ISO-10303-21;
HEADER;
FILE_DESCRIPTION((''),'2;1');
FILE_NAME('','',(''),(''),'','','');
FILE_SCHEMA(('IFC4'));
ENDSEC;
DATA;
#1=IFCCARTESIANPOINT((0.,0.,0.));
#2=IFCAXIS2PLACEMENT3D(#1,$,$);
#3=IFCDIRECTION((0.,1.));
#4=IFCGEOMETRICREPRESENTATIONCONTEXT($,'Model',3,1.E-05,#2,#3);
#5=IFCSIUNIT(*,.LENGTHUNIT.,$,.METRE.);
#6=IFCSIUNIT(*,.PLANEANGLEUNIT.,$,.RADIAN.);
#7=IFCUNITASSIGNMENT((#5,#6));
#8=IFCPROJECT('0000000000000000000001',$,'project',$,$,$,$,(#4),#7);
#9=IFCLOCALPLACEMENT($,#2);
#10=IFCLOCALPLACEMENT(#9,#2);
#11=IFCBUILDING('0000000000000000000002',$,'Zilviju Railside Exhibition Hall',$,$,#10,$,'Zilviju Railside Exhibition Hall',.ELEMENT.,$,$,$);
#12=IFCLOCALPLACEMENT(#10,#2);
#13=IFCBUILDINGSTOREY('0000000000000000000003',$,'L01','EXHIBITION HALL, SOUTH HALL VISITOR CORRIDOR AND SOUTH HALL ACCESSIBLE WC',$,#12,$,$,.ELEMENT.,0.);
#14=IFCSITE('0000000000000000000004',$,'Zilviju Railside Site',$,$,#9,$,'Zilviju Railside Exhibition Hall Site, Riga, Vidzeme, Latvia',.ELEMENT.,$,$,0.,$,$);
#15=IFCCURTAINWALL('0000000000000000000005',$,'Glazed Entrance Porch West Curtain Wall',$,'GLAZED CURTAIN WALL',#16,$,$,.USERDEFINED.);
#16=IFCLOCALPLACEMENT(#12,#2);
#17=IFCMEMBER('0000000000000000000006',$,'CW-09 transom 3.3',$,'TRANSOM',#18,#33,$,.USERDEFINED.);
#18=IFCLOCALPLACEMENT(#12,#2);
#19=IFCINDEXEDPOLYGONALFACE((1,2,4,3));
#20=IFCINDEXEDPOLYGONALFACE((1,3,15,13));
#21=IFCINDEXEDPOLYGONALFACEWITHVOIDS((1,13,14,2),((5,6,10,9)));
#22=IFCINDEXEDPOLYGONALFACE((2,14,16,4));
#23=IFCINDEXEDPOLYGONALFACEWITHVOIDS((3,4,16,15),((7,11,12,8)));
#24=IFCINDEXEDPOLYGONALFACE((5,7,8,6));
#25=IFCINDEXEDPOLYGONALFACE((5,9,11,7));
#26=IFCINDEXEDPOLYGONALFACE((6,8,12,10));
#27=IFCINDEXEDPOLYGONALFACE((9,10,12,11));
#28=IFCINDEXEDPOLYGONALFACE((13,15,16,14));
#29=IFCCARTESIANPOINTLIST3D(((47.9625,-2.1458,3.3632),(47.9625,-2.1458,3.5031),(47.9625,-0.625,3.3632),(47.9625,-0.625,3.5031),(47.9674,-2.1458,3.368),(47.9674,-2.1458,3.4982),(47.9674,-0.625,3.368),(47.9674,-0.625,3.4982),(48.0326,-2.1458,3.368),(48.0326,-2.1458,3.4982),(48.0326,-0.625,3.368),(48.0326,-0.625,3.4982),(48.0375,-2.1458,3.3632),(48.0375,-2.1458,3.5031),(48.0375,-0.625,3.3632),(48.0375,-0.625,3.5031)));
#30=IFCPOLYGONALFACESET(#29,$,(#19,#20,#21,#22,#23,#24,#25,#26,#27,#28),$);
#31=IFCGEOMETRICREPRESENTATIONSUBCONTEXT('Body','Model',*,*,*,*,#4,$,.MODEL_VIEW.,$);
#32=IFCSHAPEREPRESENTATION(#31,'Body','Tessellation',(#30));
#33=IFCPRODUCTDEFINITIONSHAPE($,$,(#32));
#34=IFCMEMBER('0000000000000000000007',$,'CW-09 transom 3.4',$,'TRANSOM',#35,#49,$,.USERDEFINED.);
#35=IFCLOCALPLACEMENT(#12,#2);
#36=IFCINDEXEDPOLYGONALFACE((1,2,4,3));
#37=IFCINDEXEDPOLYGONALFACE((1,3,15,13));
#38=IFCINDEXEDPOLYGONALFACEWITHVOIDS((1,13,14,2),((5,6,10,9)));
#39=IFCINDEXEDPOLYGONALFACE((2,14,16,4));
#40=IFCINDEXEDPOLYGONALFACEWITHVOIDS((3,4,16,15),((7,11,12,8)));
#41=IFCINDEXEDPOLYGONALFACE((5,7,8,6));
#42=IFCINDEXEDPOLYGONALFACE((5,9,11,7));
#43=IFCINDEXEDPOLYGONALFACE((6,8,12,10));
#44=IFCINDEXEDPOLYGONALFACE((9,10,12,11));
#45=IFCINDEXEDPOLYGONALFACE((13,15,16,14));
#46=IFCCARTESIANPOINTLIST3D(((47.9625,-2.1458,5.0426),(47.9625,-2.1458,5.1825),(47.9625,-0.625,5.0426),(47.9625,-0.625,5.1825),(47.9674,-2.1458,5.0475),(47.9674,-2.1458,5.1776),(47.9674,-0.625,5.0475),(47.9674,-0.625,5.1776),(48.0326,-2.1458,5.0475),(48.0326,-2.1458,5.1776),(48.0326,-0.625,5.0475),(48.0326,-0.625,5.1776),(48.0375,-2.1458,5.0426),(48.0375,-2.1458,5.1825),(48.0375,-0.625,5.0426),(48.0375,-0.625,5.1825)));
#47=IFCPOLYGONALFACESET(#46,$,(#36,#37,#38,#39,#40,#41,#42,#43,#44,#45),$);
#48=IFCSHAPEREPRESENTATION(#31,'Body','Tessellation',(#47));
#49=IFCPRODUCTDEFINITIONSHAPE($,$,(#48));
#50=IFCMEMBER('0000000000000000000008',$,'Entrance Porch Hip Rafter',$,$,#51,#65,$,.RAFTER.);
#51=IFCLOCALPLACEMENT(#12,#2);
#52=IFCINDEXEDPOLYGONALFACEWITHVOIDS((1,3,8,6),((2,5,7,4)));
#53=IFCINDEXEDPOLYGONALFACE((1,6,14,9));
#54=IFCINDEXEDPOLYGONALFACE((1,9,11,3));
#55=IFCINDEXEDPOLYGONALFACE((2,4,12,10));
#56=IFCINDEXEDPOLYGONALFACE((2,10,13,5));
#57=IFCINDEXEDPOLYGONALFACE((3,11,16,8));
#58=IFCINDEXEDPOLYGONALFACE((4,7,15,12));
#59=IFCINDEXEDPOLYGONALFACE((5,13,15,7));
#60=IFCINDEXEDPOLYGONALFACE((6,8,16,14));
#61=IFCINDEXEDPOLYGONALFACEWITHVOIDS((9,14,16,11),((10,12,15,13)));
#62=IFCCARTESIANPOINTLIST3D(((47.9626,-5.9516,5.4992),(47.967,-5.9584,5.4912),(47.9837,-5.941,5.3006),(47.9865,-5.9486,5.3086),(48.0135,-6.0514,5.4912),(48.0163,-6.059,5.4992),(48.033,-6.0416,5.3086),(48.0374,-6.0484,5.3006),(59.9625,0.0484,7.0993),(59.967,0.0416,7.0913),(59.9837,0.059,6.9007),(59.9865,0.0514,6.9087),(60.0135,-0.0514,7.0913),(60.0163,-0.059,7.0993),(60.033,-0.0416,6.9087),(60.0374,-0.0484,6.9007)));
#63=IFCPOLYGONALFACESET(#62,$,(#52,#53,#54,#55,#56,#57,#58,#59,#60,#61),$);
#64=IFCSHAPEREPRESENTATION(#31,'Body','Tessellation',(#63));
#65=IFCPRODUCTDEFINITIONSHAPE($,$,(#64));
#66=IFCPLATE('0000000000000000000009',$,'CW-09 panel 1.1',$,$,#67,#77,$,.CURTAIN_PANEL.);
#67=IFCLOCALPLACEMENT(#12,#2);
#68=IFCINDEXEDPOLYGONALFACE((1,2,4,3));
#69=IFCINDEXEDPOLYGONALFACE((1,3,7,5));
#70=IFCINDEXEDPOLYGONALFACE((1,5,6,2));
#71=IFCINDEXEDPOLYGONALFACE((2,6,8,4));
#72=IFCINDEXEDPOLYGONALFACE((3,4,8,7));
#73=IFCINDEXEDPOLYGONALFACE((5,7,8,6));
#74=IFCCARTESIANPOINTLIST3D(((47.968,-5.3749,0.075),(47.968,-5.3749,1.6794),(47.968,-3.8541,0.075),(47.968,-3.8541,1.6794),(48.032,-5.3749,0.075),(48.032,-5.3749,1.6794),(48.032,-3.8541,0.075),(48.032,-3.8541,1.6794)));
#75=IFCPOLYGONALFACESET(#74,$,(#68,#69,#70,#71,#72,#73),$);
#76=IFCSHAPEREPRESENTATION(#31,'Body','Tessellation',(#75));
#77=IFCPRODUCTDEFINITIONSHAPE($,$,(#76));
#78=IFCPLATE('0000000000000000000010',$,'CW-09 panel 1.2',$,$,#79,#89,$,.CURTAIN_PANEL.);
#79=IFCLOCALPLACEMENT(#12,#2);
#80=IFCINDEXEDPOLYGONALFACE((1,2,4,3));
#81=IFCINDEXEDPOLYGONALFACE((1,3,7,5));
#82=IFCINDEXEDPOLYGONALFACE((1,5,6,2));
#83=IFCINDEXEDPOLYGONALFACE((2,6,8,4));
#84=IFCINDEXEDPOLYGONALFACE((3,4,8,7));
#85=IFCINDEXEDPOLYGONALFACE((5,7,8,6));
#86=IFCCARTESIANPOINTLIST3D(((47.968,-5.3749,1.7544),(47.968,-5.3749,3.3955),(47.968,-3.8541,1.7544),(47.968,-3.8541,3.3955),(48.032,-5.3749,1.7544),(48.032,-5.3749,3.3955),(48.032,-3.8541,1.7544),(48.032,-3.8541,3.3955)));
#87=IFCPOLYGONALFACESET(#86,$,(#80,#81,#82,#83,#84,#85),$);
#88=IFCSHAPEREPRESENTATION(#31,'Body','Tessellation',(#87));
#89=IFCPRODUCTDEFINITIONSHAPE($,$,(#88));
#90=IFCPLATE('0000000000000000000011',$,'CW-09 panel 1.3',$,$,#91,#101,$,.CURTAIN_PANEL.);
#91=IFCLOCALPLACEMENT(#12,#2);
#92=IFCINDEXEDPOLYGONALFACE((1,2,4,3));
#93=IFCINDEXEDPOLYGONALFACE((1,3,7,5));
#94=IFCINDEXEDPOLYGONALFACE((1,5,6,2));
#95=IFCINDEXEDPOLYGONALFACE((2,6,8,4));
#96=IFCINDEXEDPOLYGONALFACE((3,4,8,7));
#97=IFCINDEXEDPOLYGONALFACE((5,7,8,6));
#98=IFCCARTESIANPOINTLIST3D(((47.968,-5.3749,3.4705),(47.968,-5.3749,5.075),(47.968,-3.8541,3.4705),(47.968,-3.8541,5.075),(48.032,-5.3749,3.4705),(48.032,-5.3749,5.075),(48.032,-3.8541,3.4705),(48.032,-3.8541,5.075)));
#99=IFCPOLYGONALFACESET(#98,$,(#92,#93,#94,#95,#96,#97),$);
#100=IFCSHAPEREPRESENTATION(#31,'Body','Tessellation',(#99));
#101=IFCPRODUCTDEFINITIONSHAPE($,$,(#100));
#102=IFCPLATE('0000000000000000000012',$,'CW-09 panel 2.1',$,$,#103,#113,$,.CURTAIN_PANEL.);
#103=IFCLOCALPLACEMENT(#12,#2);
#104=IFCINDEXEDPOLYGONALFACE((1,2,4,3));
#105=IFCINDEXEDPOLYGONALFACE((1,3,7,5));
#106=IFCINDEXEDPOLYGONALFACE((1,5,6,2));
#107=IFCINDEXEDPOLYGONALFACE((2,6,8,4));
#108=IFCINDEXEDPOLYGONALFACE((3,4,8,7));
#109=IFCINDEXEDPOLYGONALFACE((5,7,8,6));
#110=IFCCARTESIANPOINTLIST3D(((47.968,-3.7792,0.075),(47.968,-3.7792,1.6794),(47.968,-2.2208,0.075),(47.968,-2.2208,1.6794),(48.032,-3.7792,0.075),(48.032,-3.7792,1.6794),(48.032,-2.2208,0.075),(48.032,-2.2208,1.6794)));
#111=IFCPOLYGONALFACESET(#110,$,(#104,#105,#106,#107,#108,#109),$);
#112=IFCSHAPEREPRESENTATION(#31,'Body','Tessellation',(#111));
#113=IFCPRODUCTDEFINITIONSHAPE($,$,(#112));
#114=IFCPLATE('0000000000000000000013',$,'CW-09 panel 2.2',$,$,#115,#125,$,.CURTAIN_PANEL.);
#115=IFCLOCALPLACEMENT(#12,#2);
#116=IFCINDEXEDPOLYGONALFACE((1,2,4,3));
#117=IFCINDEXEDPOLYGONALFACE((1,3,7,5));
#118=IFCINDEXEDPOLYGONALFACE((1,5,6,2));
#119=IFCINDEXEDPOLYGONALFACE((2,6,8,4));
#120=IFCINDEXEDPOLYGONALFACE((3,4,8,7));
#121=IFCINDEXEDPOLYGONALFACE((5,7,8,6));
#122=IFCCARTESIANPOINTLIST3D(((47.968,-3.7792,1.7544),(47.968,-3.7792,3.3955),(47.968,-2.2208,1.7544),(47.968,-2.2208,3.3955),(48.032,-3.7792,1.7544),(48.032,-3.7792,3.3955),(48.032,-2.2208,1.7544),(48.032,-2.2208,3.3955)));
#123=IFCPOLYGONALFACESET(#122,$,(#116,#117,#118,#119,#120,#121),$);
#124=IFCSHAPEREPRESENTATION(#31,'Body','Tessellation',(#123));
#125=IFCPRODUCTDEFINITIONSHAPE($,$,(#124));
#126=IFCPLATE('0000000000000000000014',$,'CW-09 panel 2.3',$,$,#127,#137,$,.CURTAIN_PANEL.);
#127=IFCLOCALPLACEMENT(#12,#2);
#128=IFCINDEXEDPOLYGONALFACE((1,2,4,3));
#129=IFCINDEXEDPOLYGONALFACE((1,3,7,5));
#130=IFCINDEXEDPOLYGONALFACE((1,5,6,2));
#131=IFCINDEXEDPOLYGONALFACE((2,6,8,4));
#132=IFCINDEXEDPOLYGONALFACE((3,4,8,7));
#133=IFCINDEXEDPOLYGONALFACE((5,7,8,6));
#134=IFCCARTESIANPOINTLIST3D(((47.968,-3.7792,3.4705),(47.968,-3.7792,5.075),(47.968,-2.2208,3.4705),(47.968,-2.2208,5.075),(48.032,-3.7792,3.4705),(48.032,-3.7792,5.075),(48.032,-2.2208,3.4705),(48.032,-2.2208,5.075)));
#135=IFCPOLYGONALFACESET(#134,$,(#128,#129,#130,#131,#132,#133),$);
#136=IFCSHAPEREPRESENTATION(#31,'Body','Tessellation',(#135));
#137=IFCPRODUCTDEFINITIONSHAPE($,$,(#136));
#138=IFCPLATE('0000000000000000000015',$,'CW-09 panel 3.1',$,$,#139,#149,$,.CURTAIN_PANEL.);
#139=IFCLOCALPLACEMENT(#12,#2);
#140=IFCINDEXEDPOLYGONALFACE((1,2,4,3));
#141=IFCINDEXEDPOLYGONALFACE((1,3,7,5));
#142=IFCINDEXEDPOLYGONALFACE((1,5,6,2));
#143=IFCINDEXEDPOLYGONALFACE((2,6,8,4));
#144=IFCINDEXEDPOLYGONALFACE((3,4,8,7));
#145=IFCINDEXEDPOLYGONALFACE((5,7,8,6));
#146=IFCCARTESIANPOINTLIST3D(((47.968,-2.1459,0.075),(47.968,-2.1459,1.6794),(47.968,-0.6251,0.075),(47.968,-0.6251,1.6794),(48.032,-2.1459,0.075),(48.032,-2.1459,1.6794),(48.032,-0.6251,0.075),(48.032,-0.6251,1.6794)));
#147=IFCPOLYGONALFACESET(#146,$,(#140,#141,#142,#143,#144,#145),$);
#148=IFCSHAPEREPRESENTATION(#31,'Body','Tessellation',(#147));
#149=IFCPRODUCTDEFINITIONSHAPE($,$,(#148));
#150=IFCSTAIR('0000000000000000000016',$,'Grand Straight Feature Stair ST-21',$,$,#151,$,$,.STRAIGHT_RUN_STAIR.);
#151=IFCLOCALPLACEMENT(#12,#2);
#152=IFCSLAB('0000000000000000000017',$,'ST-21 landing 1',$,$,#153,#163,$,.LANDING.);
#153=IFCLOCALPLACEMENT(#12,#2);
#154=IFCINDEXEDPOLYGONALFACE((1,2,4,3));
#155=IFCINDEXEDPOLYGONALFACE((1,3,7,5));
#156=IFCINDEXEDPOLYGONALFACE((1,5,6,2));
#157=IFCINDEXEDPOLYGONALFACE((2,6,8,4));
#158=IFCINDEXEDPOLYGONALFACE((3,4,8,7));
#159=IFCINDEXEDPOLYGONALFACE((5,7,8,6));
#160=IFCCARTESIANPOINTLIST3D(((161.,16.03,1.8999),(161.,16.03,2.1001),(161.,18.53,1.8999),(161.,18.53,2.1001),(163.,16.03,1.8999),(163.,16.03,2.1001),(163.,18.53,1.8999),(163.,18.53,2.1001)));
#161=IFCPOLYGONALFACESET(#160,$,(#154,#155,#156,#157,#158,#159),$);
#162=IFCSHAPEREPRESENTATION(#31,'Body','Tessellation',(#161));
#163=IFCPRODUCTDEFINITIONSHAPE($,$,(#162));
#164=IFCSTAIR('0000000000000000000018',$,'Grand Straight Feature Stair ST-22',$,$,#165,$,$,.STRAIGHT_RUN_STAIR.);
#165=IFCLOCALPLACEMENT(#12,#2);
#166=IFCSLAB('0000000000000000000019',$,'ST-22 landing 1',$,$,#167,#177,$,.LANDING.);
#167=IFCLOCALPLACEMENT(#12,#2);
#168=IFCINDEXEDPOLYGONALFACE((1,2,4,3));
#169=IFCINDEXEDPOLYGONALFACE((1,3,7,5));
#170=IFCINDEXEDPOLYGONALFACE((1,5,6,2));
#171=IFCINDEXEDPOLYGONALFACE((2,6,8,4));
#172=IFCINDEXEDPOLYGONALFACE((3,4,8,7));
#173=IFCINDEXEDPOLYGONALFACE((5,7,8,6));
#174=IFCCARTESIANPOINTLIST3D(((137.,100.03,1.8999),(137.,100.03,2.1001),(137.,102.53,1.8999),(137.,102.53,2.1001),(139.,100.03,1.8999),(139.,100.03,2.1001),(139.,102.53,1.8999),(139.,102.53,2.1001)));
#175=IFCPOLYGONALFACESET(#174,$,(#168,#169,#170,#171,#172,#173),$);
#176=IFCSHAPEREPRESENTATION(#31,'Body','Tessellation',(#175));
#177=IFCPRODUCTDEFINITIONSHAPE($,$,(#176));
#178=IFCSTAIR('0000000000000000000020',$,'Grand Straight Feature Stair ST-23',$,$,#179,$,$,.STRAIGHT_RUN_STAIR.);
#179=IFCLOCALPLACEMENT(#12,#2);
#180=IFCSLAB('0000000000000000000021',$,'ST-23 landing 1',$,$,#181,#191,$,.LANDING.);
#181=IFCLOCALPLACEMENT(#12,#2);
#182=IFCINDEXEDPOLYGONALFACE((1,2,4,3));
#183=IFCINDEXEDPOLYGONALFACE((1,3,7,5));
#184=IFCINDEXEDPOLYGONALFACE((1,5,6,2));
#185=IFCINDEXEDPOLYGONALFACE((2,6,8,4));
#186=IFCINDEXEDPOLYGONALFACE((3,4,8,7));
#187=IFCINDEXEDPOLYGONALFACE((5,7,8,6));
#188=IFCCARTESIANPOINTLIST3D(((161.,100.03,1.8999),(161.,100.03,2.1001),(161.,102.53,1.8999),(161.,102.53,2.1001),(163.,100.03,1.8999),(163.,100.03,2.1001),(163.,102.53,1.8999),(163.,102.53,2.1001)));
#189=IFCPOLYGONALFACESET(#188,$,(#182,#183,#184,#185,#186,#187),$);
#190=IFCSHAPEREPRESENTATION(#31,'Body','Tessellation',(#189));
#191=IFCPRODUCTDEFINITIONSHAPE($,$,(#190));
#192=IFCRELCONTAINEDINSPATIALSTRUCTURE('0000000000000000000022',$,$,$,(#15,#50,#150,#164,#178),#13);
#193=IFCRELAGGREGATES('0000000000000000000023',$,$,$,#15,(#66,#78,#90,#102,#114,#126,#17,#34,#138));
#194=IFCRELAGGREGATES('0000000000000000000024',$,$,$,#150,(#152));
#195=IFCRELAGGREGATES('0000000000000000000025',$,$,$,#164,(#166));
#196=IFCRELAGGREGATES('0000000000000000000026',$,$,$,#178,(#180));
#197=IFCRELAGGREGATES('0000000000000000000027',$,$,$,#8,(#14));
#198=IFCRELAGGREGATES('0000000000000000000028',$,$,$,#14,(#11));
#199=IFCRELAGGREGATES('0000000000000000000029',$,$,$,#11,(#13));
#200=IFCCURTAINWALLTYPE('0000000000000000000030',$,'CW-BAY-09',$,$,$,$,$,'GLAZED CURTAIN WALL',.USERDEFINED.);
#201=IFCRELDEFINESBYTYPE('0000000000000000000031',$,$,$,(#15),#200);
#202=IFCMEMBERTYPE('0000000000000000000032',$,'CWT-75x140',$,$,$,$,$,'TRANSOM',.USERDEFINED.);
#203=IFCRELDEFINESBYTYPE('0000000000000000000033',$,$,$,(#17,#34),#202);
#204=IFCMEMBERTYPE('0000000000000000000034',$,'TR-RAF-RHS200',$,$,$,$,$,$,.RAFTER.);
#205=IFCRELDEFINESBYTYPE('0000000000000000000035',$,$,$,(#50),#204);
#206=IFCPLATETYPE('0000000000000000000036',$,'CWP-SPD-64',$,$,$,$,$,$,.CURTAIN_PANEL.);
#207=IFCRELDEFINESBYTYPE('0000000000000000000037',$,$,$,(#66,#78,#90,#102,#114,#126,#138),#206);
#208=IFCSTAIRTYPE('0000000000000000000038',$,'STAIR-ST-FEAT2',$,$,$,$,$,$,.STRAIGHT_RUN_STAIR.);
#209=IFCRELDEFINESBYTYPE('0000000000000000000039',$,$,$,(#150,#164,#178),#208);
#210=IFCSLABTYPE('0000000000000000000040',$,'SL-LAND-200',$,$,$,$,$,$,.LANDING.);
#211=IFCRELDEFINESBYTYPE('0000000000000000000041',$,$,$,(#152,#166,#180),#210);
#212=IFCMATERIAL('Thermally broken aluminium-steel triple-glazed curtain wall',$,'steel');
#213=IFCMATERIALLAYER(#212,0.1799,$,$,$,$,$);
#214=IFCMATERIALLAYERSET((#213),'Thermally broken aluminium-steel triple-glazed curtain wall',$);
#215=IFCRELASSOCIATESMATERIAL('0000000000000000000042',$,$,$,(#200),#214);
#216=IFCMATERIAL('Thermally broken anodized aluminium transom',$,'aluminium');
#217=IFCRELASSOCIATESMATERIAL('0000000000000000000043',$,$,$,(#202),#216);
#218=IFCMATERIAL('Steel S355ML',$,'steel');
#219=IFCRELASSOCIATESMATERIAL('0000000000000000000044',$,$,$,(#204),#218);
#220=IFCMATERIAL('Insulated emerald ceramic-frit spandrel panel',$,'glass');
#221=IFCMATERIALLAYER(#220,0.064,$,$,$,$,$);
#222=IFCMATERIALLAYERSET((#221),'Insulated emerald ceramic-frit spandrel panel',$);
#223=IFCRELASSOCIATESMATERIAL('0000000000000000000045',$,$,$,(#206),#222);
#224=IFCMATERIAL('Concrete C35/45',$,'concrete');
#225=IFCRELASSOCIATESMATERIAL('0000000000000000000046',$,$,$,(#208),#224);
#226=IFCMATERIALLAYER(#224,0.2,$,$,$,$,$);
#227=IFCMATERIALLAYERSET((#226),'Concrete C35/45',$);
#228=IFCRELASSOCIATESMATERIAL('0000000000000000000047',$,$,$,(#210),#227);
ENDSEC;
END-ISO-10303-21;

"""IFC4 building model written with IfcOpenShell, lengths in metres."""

from ifc_helpers import new_model, si_unit, direction, frame, origin, origin_2d, place, context, subcontext, project, spatial, polyline, rectangle, hollow_rectangle, outline, extrude, material, layer, layer_set, material_profile, profile_set, type_object, element, aggregate, save


model = new_model("IFC4")

# Units and contexts
model_context = context("Model", 3, precision=1e-05, world=origin(), true_north=direction((0.0, 1.0)))
body_context = subcontext(model_context, "Body", "Model", "MODEL_VIEW")
ifc_project = project(units=[si_unit("LENGTHUNIT", "METRE"), si_unit("PLANEANGLEUNIT", "RADIAN")], contexts=[model_context])

# Site, building, storey
site_placement = place(None, origin())
site = spatial("IfcSite", under=ifc_project, at=site_placement, Name="Zilviju Railside Site", LongName="Zilviju Railside Exhibition Hall Site, Riga, Vidzeme, Latvia", CompositionType="ELEMENT", RefElevation=0.0)
building_placement = place(site_placement, origin())
building = spatial("IfcBuilding", under=site, at=building_placement, Name="Zilviju Railside Exhibition Hall", LongName="Zilviju Railside Exhibition Hall", CompositionType="ELEMENT")
storey_placement = place(building_placement, origin())
storey = spatial("IfcBuildingStorey", under=building, at=storey_placement, Name="L01", Description="EXHIBITION HALL, SOUTH HALL VISITOR CORRIDOR AND SOUTH HALL ACCESSIBLE WC", CompositionType="ELEMENT", Elevation=0.0)

# Shared definitions
ifc_material_1 = material(Name="Concrete C35/45", Category="concrete")

# Shared definitions
ifc_material_2 = material(Name="Steel S355ML", Category="steel")

# Curtain wall, members
ifc_material_3 = material(Name="Thermally broken aluminium-steel triple-glazed curtain wall", Category="steel")
ifc_layer_1 = layer(ifc_material_3, 0.1799)
ifc_layer_set_1 = layer_set([ifc_layer_1], Name="Thermally broken aluminium-steel triple-glazed curtain wall")
curtain_wall_type = type_object("IfcCurtainWallType", Name="CW-BAY-09", ElementType="GLAZED CURTAIN WALL", PredefinedType="USERDEFINED", material=ifc_layer_set_1)
curtain_wall_placement = place(storey_placement, origin())
curtain_wall = element("IfcCurtainWall", 1, at=curtain_wall_placement, inside=storey, type_object=curtain_wall_type, Name="Glazed Entrance Porch West Curtain Wall", ObjectType="GLAZED CURTAIN WALL", PredefinedType="USERDEFINED")
ifc_material_4 = material(Name="Thermally broken anodized aluminium transom", Category="aluminium")
ifc_material_profile_1 = material_profile(ifc_material_4, hollow_rectangle(XDim=0.075, YDim=0.1399, WallThickness=0.0049, at=origin_2d()), Name="TRANSOM 140x75x5")
ifc_profile_set_1 = profile_set([ifc_material_profile_1], Name="Thermally broken anodized aluminium transom")
member_type_1 = type_object("IfcMemberType", Name="CWT-75x140", ElementType="TRANSOM", PredefinedType="USERDEFINED", material=ifc_profile_set_1)
member_1_placement = place(storey_placement, frame((48.0, -2.1458, 3.4331), z_axis=(0.0, 1.0, 0.0), x_axis=(-1.0, 0.0, 0.0)))
member_1 = element("IfcMember", 2, at=member_1_placement, type_object=member_type_1, Name="CW-09 transom 3.3", ObjectType="TRANSOM", PredefinedType="USERDEFINED", context=body_context, shape_type="SweptSolid", body=[
    extrude(hollow_rectangle(XDim=0.075, YDim=0.1399, WallThickness=0.0049, at=origin_2d()), origin(), (0.0, 0.0, 1.0), 1.5208),
])
member_2_placement = place(storey_placement, frame((48.0, -2.1458, 5.1125), z_axis=(0.0, 1.0, 0.0), x_axis=(-1.0, 0.0, 0.0)))
member_2 = element("IfcMember", 3, at=member_2_placement, type_object=member_type_1, Name="CW-09 transom 3.4", ObjectType="TRANSOM", PredefinedType="USERDEFINED", context=body_context, shape_type="SweptSolid", body=[
    extrude(hollow_rectangle(XDim=0.075, YDim=0.1399, WallThickness=0.0049, at=origin_2d()), origin(), (0.0, 0.0, 1.0), 1.5208),
])

# Member
ifc_material_profile_2 = material_profile(ifc_material_2, hollow_rectangle(XDim=0.1201, YDim=0.2, WallThickness=0.0081, at=origin_2d()), Name="RHS 200x120x8.0")
ifc_profile_set_2 = profile_set([ifc_material_profile_2], Name="Steel S355ML")
member_type_2 = type_object("IfcMemberType", Name="TR-RAF-RHS200", PredefinedType="RAFTER", material=ifc_profile_set_2)
member_3_placement = place(storey_placement, frame((48.0, -6.0, 5.3999), z_axis=(0.888133, 0.444067, 0.118425), x_axis=(-0.447214, 0.894427, 0.0)))
element("IfcMember", 4, at=member_3_placement, inside=storey, type_object=member_type_2, Name="Entrance Porch Hip Rafter", PredefinedType="RAFTER", context=body_context, shape_type="SweptSolid", body=[
    extrude(hollow_rectangle(XDim=0.1201, YDim=0.2, WallThickness=0.0081, at=origin_2d()), origin(), (0.0, 0.0, 1.0), 13.5115),
])

# Plates
ifc_material_5 = material(Name="Insulated emerald ceramic-frit spandrel panel", Category="glass")
ifc_layer_2 = layer(ifc_material_5, 0.064)
ifc_layer_set_2 = layer_set([ifc_layer_2], Name="Insulated emerald ceramic-frit spandrel panel")
plate_type = type_object("IfcPlateType", Name="CWP-SPD-64", PredefinedType="CURTAIN_PANEL", material=ifc_layer_set_2)
plate_1_placement = place(storey_placement, frame((48.0, -4.6145, 0.075), z_axis=(0.0, 0.0, 1.0), x_axis=(0.0, 1.0, 0.0)))
plate_1 = element("IfcPlate", 5, at=plate_1_placement, type_object=plate_type, Name="CW-09 panel 1.1", PredefinedType="CURTAIN_PANEL", context=body_context, shape_type="SweptSolid", body=[
    extrude(rectangle(XDim=1.5208, YDim=0.064, at=origin_2d()), origin(), (0.0, 0.0, 1.0), 1.6045),
])
plate_2_placement = place(storey_placement, frame((48.0, -4.6145, 1.7544), z_axis=(0.0, 0.0, 1.0), x_axis=(0.0, 1.0, 0.0)))
plate_2 = element("IfcPlate", 6, at=plate_2_placement, type_object=plate_type, Name="CW-09 panel 1.2", PredefinedType="CURTAIN_PANEL", context=body_context, shape_type="SweptSolid", body=[
    extrude(rectangle(XDim=1.5208, YDim=0.064, at=origin_2d()), origin(), (0.0, 0.0, 1.0), 1.6411),
])
plate_3_placement = place(storey_placement, frame((48.0, -4.6145, 3.4705), z_axis=(0.0, 0.0, 1.0), x_axis=(0.0, 1.0, 0.0)))
plate_3 = element("IfcPlate", 7, at=plate_3_placement, type_object=plate_type, Name="CW-09 panel 1.3", PredefinedType="CURTAIN_PANEL", context=body_context, shape_type="SweptSolid", body=[
    extrude(rectangle(XDim=1.5208, YDim=0.064, at=origin_2d()), origin(), (0.0, 0.0, 1.0), 1.6045),
])
plate_4_placement = place(storey_placement, frame((48.0, -3.0, 0.075), z_axis=(0.0, 0.0, 1.0), x_axis=(0.0, 1.0, 0.0)))
plate_4 = element("IfcPlate", 8, at=plate_4_placement, type_object=plate_type, Name="CW-09 panel 2.1", PredefinedType="CURTAIN_PANEL", context=body_context, shape_type="SweptSolid", body=[
    extrude(rectangle(XDim=1.5583, YDim=0.064, at=origin_2d()), origin(), (0.0, 0.0, 1.0), 1.6045),
])
plate_5_placement = place(storey_placement, frame((48.0, -3.0, 1.7544), z_axis=(0.0, 0.0, 1.0), x_axis=(0.0, 1.0, 0.0)))
plate_5 = element("IfcPlate", 9, at=plate_5_placement, type_object=plate_type, Name="CW-09 panel 2.2", PredefinedType="CURTAIN_PANEL", context=body_context, shape_type="SweptSolid", body=[
    extrude(rectangle(XDim=1.5583, YDim=0.064, at=origin_2d()), origin(), (0.0, 0.0, 1.0), 1.6411),
])
plate_6_placement = place(storey_placement, frame((48.0, -3.0, 3.4705), z_axis=(0.0, 0.0, 1.0), x_axis=(0.0, 1.0, 0.0)))
plate_6 = element("IfcPlate", 10, at=plate_6_placement, type_object=plate_type, Name="CW-09 panel 2.3", PredefinedType="CURTAIN_PANEL", context=body_context, shape_type="SweptSolid", body=[
    extrude(rectangle(XDim=1.5583, YDim=0.064, at=origin_2d()), origin(), (0.0, 0.0, 1.0), 1.6045),
])
plate_7_placement = place(storey_placement, frame((48.0, -1.3855, 0.075), z_axis=(0.0, 0.0, 1.0), x_axis=(0.0, 1.0, 0.0)))
plate_7 = element("IfcPlate", 11, at=plate_7_placement, type_object=plate_type, Name="CW-09 panel 3.1", PredefinedType="CURTAIN_PANEL", context=body_context, shape_type="SweptSolid", body=[
    extrude(rectangle(XDim=1.5208, YDim=0.064, at=origin_2d()), origin(), (0.0, 0.0, 1.0), 1.6045),
])
aggregate(curtain_wall, [plate_1, plate_2, plate_3, plate_4, plate_5, plate_6, member_1, member_2, plate_7])

# Stairs, slabs
stair_type = type_object("IfcStairType", Name="STAIR-ST-FEAT2", PredefinedType="STRAIGHT_RUN_STAIR", material=ifc_material_1)
stair_1_placement = place(storey_placement, origin())
stair_1 = element("IfcStair", 12, at=stair_1_placement, inside=storey, type_object=stair_type, Name="Grand Straight Feature Stair ST-21", PredefinedType="STRAIGHT_RUN_STAIR")
ifc_layer_3 = layer(ifc_material_1, 0.2)
ifc_layer_set_3 = layer_set([ifc_layer_3], Name="Concrete C35/45")
slab_type_1 = type_object("IfcSlabType", Name="SL-LAND-200", PredefinedType="LANDING", material=ifc_layer_set_3)
slab_1_placement = place(storey_placement, frame((0.0, 0.0, 1.8999)))
slab_1 = element("IfcSlab", 13, at=slab_1_placement, type_object=slab_type_1, Name="ST-21 landing 1", PredefinedType="LANDING", context=body_context, shape_type="SweptSolid", body=[
    extrude(outline(polyline([(161.0, 16.03), (163.0, 16.03), (163.0, 18.53), (161.0, 18.53), (161.0, 16.03)])), origin(), (0.0, 0.0, 1.0), 0.2002),
])
aggregate(stair_1, [slab_1])
stair_2_placement = place(storey_placement, origin())
stair_2 = element("IfcStair", 14, at=stair_2_placement, inside=storey, type_object=stair_type, Name="Grand Straight Feature Stair ST-22", PredefinedType="STRAIGHT_RUN_STAIR")
slab_2_placement = place(storey_placement, frame((0.0, 0.0, 1.8999)))
slab_2 = element("IfcSlab", 15, at=slab_2_placement, type_object=slab_type_1, Name="ST-22 landing 1", PredefinedType="LANDING", context=body_context, shape_type="SweptSolid", body=[
    extrude(outline(polyline([(137.0, 100.03), (139.0, 100.03), (139.0, 102.53), (137.0, 102.53), (137.0, 100.03)])), origin(), (0.0, 0.0, 1.0), 0.2002),
])
aggregate(stair_2, [slab_2])
stair_3_placement = place(storey_placement, origin())
stair_3 = element("IfcStair", 16, at=stair_3_placement, inside=storey, type_object=stair_type, Name="Grand Straight Feature Stair ST-23", PredefinedType="STRAIGHT_RUN_STAIR")
slab_3_placement = place(storey_placement, frame((0.0, 0.0, 1.8999)))
slab_3 = element("IfcSlab", 17, at=slab_3_placement, type_object=slab_type_1, Name="ST-23 landing 1", PredefinedType="LANDING", context=body_context, shape_type="SweptSolid", body=[
    extrude(outline(polyline([(161.0, 100.03), (163.0, 100.03), (163.0, 102.53), (161.0, 102.53), (161.0, 100.03)])), origin(), (0.0, 0.0, 1.0), 0.2002),
])
aggregate(stair_3, [slab_3])

save(model, "model.ifc")
